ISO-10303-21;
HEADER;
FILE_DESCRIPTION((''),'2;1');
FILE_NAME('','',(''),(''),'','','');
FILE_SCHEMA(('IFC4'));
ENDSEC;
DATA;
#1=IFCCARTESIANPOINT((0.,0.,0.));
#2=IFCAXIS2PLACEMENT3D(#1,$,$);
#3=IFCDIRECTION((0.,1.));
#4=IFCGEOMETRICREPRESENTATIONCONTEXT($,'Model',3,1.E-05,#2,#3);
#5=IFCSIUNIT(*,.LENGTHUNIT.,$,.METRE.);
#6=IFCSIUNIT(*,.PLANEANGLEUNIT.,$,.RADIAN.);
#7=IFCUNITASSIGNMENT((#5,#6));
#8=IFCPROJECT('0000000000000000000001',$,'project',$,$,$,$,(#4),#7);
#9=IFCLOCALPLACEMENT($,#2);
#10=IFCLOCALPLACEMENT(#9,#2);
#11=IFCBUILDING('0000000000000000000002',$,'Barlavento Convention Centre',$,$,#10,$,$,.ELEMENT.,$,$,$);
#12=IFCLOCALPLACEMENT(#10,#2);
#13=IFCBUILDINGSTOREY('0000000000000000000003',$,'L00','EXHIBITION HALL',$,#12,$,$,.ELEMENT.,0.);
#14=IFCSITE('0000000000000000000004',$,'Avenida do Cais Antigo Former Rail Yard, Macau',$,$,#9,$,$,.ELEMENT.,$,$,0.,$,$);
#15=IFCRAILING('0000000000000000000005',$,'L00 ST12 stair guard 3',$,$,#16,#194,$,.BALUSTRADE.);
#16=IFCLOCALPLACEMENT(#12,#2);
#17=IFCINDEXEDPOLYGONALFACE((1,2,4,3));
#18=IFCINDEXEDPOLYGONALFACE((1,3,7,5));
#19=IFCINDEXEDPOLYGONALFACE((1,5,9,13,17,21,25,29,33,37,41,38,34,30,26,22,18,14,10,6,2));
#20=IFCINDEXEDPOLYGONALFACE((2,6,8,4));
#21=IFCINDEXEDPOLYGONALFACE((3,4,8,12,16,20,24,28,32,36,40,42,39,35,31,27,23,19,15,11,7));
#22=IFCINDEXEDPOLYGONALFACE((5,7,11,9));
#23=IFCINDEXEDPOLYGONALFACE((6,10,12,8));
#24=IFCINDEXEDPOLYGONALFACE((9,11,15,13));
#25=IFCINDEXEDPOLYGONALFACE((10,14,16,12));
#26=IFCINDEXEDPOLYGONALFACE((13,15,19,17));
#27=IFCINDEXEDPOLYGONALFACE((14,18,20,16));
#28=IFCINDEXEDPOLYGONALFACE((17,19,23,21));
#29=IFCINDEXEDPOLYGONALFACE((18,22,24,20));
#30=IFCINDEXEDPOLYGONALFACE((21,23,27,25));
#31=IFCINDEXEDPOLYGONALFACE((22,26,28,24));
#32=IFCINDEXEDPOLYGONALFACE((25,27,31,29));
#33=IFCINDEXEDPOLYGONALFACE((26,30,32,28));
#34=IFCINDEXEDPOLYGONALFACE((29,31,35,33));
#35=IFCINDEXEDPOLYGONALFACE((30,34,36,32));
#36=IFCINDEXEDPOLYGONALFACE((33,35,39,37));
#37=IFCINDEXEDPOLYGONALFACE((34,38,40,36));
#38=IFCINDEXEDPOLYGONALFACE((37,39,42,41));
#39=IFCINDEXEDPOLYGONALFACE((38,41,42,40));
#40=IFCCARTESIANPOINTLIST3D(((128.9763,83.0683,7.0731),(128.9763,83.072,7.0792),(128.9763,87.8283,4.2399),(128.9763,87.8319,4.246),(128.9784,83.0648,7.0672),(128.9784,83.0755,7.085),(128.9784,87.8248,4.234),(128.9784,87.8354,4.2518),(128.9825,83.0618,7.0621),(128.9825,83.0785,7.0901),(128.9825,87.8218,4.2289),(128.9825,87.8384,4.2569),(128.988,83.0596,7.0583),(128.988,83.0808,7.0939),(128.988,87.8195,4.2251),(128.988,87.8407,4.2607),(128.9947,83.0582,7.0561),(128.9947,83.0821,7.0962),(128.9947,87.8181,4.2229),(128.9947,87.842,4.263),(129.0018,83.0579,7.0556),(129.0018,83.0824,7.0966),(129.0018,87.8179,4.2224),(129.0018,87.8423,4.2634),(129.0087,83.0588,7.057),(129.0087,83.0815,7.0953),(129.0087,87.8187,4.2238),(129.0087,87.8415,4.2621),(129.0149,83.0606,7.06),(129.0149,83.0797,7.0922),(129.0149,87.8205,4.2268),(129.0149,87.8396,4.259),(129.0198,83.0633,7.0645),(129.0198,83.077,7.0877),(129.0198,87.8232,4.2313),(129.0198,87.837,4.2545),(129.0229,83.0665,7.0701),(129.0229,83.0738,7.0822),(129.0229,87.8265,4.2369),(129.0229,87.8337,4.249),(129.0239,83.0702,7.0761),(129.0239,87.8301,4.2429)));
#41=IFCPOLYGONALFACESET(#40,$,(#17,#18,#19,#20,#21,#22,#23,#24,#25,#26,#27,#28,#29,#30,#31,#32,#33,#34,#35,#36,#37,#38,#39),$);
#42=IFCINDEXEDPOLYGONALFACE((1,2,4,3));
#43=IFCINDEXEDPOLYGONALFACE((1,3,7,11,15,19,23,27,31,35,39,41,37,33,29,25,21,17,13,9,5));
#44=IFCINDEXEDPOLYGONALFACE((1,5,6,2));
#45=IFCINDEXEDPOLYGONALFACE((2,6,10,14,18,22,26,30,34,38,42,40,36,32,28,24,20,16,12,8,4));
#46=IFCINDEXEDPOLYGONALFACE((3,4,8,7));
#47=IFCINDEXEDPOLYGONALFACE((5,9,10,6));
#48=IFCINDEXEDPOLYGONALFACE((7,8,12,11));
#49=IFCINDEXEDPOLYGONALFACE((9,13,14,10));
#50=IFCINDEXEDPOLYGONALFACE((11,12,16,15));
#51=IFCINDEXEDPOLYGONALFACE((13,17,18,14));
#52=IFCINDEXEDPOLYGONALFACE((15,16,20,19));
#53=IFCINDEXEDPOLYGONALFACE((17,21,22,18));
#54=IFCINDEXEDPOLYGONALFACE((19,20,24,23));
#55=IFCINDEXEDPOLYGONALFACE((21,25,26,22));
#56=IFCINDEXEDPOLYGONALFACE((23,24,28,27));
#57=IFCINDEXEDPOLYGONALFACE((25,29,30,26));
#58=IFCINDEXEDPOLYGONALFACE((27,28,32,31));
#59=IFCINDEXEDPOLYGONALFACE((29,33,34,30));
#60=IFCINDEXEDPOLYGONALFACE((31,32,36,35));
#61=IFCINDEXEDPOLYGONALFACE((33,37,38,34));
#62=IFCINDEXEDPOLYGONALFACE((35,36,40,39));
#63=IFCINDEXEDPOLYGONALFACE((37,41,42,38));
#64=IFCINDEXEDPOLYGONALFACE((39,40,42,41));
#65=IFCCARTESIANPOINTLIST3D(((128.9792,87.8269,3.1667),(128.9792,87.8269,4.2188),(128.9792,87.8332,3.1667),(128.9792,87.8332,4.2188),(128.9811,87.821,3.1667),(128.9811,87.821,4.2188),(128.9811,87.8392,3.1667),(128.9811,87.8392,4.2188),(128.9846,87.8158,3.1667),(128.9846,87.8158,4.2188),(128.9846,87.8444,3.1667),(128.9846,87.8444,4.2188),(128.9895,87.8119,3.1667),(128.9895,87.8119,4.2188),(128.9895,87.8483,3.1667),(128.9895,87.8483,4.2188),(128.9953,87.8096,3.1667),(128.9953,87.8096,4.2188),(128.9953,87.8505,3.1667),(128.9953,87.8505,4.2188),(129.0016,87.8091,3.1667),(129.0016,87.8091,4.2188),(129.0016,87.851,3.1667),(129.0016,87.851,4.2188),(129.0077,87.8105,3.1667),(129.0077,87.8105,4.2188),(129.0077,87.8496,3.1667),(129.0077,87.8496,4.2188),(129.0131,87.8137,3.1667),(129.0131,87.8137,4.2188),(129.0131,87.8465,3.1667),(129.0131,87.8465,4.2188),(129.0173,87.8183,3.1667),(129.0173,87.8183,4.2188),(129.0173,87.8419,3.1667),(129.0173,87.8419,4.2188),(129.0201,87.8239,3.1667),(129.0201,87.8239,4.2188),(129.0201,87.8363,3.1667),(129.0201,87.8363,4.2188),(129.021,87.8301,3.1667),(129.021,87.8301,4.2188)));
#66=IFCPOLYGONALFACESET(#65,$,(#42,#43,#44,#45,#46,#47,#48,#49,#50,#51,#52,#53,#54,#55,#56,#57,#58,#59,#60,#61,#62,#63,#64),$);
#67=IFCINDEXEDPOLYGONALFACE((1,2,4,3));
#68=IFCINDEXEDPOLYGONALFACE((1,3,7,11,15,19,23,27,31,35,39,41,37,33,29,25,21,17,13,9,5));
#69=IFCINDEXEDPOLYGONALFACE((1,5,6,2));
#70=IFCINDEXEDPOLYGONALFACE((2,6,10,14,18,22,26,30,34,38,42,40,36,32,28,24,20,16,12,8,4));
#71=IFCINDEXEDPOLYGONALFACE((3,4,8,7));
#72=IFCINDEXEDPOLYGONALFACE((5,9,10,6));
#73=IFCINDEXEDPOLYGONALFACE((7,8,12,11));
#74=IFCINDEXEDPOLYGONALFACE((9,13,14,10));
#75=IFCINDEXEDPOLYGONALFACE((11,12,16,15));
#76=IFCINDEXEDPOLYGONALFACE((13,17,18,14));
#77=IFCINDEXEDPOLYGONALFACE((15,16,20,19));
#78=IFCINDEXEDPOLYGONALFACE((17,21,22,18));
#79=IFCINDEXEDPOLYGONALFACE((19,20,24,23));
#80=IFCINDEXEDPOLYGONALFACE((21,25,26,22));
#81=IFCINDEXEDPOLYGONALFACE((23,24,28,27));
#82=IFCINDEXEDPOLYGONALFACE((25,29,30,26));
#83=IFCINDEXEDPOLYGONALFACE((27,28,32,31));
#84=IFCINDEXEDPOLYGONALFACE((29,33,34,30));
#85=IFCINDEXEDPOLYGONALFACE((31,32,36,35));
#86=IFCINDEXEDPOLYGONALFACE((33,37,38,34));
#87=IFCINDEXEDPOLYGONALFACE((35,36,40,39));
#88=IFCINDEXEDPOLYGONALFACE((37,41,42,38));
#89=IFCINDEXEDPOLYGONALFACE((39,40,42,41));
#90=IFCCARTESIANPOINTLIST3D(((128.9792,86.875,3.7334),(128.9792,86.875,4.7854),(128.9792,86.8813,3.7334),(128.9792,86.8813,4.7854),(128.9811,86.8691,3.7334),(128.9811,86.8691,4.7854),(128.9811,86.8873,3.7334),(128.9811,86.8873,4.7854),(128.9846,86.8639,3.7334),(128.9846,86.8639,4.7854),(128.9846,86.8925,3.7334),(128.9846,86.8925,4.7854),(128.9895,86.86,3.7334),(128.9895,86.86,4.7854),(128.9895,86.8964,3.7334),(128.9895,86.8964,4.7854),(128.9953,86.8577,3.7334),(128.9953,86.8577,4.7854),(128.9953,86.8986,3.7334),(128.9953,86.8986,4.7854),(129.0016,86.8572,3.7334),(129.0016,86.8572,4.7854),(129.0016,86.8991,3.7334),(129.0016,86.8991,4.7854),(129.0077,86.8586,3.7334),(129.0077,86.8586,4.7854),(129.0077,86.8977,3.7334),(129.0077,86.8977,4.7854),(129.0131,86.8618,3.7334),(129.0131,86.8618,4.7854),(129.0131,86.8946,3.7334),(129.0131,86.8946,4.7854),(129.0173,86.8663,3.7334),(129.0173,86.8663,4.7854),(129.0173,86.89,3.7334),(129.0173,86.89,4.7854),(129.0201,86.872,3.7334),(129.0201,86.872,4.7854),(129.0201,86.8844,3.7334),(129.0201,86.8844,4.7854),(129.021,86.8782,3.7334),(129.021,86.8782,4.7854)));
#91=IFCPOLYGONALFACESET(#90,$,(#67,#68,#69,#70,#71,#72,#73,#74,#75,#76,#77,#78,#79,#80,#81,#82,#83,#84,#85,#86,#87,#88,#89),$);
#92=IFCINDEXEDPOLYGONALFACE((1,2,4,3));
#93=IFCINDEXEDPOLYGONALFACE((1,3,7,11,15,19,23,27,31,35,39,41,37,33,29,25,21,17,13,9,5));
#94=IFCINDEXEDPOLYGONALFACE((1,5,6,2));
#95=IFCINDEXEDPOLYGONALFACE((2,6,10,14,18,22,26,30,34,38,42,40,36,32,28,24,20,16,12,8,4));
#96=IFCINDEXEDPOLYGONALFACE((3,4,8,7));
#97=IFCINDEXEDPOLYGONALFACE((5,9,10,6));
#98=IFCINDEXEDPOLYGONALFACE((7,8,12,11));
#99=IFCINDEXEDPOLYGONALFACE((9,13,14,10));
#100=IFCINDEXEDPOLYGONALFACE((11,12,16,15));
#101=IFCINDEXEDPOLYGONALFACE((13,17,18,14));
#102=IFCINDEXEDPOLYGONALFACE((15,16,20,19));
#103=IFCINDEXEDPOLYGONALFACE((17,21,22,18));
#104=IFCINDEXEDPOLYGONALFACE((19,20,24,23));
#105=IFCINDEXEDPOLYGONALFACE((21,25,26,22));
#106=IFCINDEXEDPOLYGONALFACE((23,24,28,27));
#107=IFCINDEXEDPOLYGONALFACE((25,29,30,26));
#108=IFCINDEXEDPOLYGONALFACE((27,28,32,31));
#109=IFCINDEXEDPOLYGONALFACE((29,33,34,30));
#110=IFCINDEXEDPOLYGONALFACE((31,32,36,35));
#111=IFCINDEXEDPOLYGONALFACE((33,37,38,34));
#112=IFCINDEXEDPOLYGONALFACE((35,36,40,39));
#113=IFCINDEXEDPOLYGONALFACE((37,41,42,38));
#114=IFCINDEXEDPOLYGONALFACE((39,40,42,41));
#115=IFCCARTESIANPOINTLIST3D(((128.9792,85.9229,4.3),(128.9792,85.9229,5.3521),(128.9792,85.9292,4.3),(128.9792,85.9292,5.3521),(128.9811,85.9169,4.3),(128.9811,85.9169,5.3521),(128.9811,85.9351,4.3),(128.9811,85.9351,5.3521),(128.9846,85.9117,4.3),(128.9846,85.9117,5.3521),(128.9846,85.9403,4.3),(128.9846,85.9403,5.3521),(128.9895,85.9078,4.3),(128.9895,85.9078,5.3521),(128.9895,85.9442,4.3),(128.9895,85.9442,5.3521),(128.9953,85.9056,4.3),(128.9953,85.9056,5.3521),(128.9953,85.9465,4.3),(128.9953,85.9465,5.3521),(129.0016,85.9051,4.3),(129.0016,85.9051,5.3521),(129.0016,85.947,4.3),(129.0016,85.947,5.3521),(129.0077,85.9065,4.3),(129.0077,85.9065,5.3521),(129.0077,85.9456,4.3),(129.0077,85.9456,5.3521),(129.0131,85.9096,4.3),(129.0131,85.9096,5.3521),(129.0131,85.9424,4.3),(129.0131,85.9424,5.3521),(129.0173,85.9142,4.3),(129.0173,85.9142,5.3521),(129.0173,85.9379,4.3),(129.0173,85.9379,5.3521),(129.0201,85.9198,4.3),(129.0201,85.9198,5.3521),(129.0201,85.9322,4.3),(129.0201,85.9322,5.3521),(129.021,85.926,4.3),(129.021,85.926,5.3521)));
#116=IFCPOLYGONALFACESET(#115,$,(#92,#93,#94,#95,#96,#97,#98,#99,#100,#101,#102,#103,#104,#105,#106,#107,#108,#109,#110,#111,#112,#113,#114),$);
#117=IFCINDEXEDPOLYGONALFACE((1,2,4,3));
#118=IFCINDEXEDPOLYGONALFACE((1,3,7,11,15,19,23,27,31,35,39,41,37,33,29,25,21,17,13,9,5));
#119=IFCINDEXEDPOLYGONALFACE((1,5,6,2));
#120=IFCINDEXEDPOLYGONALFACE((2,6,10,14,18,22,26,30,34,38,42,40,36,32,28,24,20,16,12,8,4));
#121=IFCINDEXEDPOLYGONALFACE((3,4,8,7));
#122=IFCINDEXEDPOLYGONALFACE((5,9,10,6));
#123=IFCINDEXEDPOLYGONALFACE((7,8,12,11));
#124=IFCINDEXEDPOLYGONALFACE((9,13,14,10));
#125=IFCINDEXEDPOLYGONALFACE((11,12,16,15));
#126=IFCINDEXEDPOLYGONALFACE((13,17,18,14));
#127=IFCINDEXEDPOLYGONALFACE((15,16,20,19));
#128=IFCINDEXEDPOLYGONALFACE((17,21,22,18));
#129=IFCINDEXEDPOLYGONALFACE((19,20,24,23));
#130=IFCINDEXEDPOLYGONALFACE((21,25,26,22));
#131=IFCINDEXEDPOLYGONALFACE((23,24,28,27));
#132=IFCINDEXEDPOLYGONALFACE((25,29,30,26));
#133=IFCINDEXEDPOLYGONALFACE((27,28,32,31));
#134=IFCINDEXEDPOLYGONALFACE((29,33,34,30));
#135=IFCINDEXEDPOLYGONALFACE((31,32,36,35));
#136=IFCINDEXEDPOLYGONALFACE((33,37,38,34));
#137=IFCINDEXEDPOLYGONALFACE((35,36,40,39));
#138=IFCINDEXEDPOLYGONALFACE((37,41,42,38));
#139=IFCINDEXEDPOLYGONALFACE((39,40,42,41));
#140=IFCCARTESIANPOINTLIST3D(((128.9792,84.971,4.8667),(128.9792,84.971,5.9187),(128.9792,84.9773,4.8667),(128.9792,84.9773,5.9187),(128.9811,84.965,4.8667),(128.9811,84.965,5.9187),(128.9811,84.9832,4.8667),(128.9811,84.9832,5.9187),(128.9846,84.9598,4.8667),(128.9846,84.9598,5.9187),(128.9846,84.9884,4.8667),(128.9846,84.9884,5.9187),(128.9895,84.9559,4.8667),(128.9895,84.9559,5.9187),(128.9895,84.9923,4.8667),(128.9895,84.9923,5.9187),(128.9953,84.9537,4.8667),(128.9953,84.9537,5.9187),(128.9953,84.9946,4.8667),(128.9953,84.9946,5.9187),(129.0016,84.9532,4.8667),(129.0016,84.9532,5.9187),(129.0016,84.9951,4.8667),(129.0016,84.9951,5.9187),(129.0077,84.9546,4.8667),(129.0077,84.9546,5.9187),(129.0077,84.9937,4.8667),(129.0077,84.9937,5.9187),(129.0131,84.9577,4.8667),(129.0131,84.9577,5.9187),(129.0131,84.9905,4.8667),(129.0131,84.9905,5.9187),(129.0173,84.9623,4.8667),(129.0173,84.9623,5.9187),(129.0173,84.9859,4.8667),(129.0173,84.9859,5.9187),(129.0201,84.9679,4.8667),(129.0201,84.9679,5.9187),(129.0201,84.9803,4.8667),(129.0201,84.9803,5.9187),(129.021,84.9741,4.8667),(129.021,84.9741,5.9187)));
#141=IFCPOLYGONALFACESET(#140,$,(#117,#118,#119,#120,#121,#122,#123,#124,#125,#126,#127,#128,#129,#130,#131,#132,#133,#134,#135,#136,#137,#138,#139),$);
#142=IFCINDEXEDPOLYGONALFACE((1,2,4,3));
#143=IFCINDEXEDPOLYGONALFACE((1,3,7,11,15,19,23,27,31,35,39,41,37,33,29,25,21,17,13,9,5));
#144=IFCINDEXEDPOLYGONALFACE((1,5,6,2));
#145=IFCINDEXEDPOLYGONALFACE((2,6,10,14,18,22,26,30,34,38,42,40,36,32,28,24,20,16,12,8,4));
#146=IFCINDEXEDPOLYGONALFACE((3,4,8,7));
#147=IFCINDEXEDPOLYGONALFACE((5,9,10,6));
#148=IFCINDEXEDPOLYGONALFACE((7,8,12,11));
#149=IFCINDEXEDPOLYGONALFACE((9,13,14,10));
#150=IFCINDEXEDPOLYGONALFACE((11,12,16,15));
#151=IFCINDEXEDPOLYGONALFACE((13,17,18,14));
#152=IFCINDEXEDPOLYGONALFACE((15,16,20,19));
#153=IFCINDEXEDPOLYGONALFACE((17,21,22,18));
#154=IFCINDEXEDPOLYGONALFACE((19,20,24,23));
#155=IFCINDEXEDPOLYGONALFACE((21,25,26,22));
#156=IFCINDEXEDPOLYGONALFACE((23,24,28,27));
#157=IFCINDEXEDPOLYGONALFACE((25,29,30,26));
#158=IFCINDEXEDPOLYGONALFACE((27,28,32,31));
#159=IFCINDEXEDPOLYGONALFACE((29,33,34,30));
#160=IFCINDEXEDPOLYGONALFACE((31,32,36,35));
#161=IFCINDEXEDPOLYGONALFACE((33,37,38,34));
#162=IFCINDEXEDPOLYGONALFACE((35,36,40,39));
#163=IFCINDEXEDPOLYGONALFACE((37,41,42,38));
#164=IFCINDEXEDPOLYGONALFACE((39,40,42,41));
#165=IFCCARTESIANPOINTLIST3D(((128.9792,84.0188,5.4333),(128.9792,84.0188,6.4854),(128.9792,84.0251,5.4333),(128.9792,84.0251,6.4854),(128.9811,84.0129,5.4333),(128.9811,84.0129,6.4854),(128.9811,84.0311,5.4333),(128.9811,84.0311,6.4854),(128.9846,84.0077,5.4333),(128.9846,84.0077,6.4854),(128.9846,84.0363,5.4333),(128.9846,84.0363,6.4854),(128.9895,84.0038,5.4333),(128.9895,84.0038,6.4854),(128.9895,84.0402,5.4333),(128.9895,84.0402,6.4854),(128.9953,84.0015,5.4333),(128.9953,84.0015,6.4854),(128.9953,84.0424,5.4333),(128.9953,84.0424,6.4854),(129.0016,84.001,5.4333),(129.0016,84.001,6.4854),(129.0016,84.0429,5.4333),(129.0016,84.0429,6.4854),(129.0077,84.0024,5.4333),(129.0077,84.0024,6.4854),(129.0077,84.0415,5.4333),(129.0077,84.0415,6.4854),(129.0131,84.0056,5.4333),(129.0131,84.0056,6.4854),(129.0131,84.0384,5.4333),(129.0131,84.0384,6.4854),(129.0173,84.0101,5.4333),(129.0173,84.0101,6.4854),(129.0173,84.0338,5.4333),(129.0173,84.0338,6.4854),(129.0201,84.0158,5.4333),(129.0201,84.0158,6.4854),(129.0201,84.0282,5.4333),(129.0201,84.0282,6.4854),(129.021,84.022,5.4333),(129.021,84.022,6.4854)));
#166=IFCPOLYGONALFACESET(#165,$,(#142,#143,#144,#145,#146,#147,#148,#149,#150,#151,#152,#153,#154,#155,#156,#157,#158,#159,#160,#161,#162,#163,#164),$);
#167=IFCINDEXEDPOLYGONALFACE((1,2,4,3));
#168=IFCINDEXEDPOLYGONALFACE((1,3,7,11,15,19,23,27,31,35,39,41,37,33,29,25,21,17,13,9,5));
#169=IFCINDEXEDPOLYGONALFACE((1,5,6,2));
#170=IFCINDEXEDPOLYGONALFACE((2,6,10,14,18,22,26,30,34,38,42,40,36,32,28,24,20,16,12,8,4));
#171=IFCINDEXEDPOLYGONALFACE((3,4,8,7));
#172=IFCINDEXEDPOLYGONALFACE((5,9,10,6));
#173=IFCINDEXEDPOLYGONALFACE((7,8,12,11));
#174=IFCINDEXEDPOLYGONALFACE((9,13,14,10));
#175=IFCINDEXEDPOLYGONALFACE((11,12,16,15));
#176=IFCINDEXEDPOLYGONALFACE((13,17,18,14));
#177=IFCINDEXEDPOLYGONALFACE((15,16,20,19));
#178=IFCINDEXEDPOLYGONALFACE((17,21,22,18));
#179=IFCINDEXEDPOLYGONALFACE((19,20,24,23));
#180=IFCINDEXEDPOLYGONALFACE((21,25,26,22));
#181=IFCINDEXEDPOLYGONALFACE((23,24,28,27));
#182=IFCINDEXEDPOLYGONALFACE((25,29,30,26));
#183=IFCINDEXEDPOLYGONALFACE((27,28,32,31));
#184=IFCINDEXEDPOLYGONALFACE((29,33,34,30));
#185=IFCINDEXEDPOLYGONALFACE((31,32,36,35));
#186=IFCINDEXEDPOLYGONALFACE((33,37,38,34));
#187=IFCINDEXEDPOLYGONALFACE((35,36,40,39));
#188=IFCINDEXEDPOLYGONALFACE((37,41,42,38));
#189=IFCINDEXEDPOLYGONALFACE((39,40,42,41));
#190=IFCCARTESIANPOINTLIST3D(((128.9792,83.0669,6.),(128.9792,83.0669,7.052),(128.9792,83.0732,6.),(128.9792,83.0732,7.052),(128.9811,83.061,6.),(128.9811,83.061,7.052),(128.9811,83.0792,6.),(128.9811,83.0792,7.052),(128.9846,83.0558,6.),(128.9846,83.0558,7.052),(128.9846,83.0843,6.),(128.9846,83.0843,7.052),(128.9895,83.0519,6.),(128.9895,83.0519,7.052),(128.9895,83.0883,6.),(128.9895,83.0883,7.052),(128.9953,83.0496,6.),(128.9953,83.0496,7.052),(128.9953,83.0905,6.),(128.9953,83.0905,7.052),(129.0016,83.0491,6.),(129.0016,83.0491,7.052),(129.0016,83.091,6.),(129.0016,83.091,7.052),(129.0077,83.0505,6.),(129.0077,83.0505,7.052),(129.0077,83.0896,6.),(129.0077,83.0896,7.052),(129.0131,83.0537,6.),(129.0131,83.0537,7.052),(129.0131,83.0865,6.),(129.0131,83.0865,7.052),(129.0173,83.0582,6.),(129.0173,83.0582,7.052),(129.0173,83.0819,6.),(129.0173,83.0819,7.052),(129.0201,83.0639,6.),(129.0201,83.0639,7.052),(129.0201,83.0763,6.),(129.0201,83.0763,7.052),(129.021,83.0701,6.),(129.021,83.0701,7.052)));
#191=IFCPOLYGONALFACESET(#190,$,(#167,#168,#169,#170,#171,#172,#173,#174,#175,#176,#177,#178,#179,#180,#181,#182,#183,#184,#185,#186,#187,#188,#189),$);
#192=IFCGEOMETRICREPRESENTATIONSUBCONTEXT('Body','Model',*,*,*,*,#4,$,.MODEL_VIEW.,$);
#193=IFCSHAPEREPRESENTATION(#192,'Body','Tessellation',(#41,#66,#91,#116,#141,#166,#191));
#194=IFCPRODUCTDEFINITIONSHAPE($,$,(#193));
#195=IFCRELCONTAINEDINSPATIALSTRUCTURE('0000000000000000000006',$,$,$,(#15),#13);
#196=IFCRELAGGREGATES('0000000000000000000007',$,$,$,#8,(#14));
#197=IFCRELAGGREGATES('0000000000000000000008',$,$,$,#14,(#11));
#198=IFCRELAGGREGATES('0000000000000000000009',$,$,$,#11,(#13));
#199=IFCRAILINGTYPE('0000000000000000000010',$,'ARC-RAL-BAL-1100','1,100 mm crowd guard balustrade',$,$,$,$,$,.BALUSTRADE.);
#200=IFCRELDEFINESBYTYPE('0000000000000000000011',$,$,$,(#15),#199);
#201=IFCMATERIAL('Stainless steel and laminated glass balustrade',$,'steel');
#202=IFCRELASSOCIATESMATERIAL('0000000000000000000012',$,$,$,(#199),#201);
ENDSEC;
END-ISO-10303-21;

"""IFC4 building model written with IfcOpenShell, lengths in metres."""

from ifc_helpers import new_model, si_unit, direction, frame, origin, origin_2d, place, context, subcontext, project, spatial, circle, extrude, material, type_object, element, save


model = new_model("IFC4")

# Units and contexts
model_context = context("Model", 3, precision=1e-05, world=origin(), true_north=direction((0.0, 1.0)))
body_context = subcontext(model_context, "Body", "Model", "MODEL_VIEW")
ifc_project = project(units=[si_unit("LENGTHUNIT", "METRE"), si_unit("PLANEANGLEUNIT", "RADIAN")], contexts=[model_context])

# Site, building, storey
site_placement = place(None, origin())
site = spatial("IfcSite", under=ifc_project, at=site_placement, Name="Avenida do Cais Antigo Former Rail Yard, Macau", CompositionType="ELEMENT", RefElevation=0.0)
building_placement = place(site_placement, origin())
building = spatial("IfcBuilding", under=site, at=building_placement, Name="Barlavento Convention Centre", CompositionType="ELEMENT")
storey_placement = place(building_placement, origin())
storey = spatial("IfcBuildingStorey", under=building, at=storey_placement, Name="L00", Description="EXHIBITION HALL", CompositionType="ELEMENT", Elevation=0.0)

# Railing
ifc_material_1 = material(Name="Stainless steel and laminated glass balustrade", Category="steel")
railing_type_1 = type_object("IfcRailingType", Name="ARC-RAL-BAL-1100", Description="1,100 mm crowd guard balustrade", PredefinedType="BALUSTRADE", material=ifc_material_1)
railing_1_placement = place(storey_placement, frame((129.0, 87.8301, 3.1667)))
element("IfcRailing", 1, at=railing_1_placement, inside=storey, type_object=railing_type_1, Name="L00 ST12 stair guard 3", PredefinedType="BALUSTRADE", context=body_context, shape_type="SweptSolid", body=[
    extrude(circle(Radius=0.0239, at=origin_2d()), frame((0.0, 0.0, 1.0762), z_axis=(0.0, -0.8593, 0.511472), x_axis=(1.0, 0.0, 0.0)), (0.0, 0.0, 1.0), 5.5393),
    extrude(circle(Radius=0.021, at=origin_2d()), origin(), (0.0, 0.0, 1.0), 1.052),
    extrude(circle(Radius=0.021, at=origin_2d()), frame((0.0, -0.9519, 0.5667)), (0.0, 0.0, 1.0), 1.052),
    extrude(circle(Radius=0.021, at=origin_2d()), frame((0.0, -1.9041, 1.1333)), (0.0, 0.0, 1.0), 1.052),
    extrude(circle(Radius=0.021, at=origin_2d()), frame((0.0, -2.856, 1.7)), (0.0, 0.0, 1.0), 1.052),
    extrude(circle(Radius=0.021, at=origin_2d()), frame((0.0, -3.8081, 2.2666)), (0.0, 0.0, 1.0), 1.052),
    extrude(circle(Radius=0.021, at=origin_2d()), frame((0.0, -4.76, 2.8333)), (0.0, 0.0, 1.0), 1.052),
])

save(model, "model.ifc")
